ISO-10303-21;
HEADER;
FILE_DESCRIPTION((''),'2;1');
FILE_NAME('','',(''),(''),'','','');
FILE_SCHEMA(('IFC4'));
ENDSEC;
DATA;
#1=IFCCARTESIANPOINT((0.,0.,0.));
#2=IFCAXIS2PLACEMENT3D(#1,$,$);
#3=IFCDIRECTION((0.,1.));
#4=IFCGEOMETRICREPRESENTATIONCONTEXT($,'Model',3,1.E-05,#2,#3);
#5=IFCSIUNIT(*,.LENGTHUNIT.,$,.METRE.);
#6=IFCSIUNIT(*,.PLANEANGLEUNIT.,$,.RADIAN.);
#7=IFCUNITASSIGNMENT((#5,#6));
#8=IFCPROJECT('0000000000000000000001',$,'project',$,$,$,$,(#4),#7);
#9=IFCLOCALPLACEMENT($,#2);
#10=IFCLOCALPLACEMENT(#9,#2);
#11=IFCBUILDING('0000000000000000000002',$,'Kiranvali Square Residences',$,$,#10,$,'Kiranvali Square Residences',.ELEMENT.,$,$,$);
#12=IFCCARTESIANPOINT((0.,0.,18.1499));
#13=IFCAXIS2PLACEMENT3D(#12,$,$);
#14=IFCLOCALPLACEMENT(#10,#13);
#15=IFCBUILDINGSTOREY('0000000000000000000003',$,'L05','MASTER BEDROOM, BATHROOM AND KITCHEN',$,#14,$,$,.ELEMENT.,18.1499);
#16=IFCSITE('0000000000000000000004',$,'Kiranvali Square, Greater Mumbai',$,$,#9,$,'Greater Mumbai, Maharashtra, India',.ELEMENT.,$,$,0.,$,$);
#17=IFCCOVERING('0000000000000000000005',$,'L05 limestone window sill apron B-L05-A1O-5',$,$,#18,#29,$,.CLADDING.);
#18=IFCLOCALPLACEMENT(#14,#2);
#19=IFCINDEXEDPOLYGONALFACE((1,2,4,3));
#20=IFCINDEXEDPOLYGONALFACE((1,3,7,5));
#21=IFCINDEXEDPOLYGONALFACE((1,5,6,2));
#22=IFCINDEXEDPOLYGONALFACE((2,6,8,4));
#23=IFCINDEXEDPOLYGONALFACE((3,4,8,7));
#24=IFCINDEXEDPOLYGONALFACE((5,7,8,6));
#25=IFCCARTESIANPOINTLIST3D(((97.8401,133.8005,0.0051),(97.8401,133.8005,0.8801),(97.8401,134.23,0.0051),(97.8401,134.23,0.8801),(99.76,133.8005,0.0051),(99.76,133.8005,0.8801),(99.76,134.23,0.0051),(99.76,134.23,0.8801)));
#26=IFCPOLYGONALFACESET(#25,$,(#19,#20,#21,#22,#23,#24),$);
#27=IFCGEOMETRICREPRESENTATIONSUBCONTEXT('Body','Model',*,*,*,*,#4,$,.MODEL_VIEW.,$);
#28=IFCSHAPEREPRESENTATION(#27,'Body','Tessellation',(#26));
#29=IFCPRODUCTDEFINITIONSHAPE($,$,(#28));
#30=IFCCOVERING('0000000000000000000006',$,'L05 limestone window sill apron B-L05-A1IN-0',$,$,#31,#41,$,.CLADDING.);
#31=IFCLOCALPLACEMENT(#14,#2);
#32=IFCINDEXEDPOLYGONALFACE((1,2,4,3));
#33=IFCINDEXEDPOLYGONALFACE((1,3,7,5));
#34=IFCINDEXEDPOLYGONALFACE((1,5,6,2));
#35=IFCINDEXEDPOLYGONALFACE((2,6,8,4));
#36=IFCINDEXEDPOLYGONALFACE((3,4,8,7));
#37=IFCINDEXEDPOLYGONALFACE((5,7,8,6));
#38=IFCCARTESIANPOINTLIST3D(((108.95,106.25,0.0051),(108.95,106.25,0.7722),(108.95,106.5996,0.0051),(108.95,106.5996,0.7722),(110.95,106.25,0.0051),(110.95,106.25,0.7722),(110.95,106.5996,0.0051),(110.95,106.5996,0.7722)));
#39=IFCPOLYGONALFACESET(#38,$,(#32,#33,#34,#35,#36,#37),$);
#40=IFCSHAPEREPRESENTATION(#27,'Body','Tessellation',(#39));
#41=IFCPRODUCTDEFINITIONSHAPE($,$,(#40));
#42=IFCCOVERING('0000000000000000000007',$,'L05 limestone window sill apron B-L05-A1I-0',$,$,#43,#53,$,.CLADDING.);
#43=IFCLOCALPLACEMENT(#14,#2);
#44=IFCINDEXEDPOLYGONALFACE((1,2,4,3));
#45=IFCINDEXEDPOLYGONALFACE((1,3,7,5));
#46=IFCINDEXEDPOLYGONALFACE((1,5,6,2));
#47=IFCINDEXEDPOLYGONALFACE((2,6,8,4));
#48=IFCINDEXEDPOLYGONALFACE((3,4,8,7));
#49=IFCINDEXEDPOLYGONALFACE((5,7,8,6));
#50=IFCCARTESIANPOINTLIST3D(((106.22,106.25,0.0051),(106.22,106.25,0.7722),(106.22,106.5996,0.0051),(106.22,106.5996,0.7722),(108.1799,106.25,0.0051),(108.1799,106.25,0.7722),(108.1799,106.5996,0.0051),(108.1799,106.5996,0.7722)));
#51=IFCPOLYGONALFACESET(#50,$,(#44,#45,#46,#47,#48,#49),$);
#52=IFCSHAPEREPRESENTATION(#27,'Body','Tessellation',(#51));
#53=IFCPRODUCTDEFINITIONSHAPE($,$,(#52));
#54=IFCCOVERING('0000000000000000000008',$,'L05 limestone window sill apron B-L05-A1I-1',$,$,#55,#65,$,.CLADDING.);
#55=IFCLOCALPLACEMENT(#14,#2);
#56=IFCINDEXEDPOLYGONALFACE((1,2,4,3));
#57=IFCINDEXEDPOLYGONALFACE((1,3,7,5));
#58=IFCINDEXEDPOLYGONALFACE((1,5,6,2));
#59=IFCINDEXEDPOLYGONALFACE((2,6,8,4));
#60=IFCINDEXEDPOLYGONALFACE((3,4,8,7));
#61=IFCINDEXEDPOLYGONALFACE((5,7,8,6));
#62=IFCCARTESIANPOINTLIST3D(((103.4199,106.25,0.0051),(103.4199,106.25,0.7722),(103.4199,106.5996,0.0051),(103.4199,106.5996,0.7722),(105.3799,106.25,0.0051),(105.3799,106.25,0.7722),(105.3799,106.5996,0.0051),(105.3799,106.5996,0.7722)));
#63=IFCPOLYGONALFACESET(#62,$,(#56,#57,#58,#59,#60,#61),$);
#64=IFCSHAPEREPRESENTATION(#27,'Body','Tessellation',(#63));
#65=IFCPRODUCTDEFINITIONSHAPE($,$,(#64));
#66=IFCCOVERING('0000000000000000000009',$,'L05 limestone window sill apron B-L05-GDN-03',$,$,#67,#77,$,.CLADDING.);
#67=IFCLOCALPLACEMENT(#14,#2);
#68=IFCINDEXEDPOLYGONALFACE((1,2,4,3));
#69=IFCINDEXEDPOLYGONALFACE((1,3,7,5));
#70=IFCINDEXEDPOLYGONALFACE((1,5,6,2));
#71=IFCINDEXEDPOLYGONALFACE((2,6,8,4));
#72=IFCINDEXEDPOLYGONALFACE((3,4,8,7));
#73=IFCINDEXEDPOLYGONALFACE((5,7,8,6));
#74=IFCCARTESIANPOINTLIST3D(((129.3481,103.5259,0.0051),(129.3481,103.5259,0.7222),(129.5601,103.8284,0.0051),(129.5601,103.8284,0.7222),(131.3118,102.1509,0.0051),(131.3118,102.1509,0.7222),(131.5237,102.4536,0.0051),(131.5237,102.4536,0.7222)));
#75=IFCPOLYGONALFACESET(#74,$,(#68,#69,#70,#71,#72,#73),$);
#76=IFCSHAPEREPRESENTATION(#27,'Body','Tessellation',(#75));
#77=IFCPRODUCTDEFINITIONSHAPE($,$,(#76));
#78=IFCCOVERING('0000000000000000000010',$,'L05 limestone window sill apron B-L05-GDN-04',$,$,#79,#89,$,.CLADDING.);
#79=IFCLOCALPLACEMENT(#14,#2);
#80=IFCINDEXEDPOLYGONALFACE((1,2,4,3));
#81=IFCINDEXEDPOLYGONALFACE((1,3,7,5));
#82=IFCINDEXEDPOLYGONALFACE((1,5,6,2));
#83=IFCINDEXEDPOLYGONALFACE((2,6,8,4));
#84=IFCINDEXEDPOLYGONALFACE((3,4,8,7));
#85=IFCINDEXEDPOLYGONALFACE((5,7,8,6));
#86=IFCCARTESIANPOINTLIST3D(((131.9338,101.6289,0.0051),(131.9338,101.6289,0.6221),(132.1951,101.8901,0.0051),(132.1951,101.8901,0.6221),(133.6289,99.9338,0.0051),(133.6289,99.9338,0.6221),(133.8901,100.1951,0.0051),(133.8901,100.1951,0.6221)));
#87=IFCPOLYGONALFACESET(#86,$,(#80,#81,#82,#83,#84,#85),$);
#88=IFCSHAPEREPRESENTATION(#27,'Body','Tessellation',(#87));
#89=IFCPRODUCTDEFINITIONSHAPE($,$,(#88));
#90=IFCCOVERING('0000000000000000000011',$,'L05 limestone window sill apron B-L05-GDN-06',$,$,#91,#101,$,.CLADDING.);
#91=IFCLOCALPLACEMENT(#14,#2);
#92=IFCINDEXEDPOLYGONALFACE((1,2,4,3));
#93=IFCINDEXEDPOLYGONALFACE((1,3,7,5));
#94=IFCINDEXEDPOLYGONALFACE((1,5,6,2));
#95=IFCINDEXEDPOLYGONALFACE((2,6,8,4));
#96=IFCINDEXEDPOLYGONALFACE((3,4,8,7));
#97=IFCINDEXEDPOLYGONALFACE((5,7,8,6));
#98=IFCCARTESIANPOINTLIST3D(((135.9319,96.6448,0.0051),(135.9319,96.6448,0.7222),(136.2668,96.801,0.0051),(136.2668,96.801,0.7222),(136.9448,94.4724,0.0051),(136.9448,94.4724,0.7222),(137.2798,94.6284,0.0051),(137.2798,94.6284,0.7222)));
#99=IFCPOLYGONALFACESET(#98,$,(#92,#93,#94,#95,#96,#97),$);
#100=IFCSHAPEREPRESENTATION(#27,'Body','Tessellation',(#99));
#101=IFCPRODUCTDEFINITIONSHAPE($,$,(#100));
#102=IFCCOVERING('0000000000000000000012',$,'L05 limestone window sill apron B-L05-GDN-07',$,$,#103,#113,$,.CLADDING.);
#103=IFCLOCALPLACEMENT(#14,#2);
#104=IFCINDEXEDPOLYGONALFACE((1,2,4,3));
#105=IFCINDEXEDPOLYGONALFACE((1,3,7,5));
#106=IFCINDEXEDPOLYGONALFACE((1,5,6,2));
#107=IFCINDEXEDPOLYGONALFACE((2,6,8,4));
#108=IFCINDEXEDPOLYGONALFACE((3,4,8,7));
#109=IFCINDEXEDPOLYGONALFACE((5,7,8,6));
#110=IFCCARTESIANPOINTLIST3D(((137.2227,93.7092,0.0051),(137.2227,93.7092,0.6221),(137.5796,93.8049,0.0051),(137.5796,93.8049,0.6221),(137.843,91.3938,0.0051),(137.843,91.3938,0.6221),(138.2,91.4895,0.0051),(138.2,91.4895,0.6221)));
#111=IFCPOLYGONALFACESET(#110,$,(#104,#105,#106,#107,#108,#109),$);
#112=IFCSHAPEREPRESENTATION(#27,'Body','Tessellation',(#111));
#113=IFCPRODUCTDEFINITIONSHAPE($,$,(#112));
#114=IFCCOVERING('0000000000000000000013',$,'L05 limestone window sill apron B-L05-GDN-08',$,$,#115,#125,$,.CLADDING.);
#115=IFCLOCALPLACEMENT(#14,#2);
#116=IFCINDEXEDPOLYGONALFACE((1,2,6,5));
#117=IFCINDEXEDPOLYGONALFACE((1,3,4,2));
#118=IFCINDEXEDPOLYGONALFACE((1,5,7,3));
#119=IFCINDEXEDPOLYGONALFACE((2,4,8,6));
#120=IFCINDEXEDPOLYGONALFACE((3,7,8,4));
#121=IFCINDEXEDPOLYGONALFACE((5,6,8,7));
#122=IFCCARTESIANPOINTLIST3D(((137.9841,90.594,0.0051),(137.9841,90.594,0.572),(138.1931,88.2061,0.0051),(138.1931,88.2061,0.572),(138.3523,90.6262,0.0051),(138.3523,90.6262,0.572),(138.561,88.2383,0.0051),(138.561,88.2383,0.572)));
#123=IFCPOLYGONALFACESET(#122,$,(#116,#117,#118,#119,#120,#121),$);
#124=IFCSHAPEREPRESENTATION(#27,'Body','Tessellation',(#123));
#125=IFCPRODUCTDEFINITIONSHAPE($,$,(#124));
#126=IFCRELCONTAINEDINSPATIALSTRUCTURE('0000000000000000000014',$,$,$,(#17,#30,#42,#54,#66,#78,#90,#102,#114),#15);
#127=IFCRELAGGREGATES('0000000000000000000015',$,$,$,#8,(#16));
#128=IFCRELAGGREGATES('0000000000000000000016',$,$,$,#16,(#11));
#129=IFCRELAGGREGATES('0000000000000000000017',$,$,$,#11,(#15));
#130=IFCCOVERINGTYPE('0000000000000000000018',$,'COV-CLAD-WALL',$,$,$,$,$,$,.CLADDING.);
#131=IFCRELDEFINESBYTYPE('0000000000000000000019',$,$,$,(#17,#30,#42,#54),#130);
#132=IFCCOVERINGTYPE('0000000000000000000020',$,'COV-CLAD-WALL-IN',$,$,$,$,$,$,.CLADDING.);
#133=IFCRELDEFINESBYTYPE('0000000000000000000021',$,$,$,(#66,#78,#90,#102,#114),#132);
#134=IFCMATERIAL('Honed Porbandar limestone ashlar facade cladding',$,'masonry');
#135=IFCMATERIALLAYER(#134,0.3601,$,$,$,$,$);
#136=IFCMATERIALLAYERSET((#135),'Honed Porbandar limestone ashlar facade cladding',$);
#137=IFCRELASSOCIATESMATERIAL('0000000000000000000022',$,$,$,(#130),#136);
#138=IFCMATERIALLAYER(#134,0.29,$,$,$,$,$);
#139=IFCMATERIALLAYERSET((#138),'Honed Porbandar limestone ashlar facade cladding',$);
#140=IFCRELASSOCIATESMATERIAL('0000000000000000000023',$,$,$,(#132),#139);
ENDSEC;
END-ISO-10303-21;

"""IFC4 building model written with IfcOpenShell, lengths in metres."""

from ifc_helpers import new_model, si_unit, direction, frame, origin, place, context, subcontext, project, spatial, polyline, outline, extrude, material, layer, layer_set, type_object, element, save


model = new_model("IFC4")

# Units and contexts
model_context = context("Model", 3, precision=1e-05, world=origin(), true_north=direction((0.0, 1.0)))
body_context = subcontext(model_context, "Body", "Model", "MODEL_VIEW")
ifc_project = project(units=[si_unit("LENGTHUNIT", "METRE"), si_unit("PLANEANGLEUNIT", "RADIAN")], contexts=[model_context])

# Site, building, storey
site_placement = place(None, origin())
site = spatial("IfcSite", under=ifc_project, at=site_placement, Name="Kiranvali Square, Greater Mumbai", LongName="Greater Mumbai, Maharashtra, India", CompositionType="ELEMENT", RefElevation=0.0)
building_placement = place(site_placement, origin())
building = spatial("IfcBuilding", under=site, at=building_placement, Name="Kiranvali Square Residences", LongName="Kiranvali Square Residences", CompositionType="ELEMENT")
storey_placement = place(building_placement, frame((0.0, 0.0, 18.1499)))
storey = spatial("IfcBuildingStorey", under=building, at=storey_placement, Name="L05", Description="MASTER BEDROOM, BATHROOM AND KITCHEN", CompositionType="ELEMENT", Elevation=18.1499)

# Coverings
ifc_material = material(Name="Honed Porbandar limestone ashlar facade cladding", Category="masonry")
ifc_layer_1 = layer(ifc_material, 0.3601)
ifc_layer_set_1 = layer_set([ifc_layer_1], Name="Honed Porbandar limestone ashlar facade cladding")
covering_type_1 = type_object("IfcCoveringType", Name="COV-CLAD-WALL", PredefinedType="CLADDING", material=ifc_layer_set_1)
covering_1_placement = place(storey_placement, frame((0.0, 0.0, 0.0051)))
element("IfcCovering", 1, at=covering_1_placement, inside=storey, type_object=covering_type_1, Name="L05 limestone window sill apron B-L05-A1O-5", PredefinedType="CLADDING", context=body_context, shape_type="SweptSolid", body=[
    extrude(outline(polyline([(99.76, 134.23), (97.8401, 134.23), (97.8401, 133.8005), (99.76, 133.8005), (99.76, 134.23)])), origin(), (0.0, 0.0, 1.0), 0.875),
])
covering_2_placement = place(storey_placement, frame((0.0, 0.0, 0.0051)))
element("IfcCovering", 2, at=covering_2_placement, inside=storey, type_object=covering_type_1, Name="L05 limestone window sill apron B-L05-A1IN-0", PredefinedType="CLADDING", context=body_context, shape_type="SweptSolid", body=[
    extrude(outline(polyline([(110.95, 106.5996), (108.95, 106.5996), (108.95, 106.25), (110.95, 106.25), (110.95, 106.5996)])), origin(), (0.0, 0.0, 1.0), 0.7671),
])
covering_3_placement = place(storey_placement, frame((0.0, 0.0, 0.0051)))
element("IfcCovering", 3, at=covering_3_placement, inside=storey, type_object=covering_type_1, Name="L05 limestone window sill apron B-L05-A1I-0", PredefinedType="CLADDING", context=body_context, shape_type="SweptSolid", body=[
    extrude(outline(polyline([(108.1799, 106.5996), (106.22, 106.5996), (106.22, 106.25), (108.1799, 106.25), (108.1799, 106.5996)])), origin(), (0.0, 0.0, 1.0), 0.7671),
])
covering_4_placement = place(storey_placement, frame((0.0, 0.0, 0.0051)))
element("IfcCovering", 4, at=covering_4_placement, inside=storey, type_object=covering_type_1, Name="L05 limestone window sill apron B-L05-A1I-1", PredefinedType="CLADDING", context=body_context, shape_type="SweptSolid", body=[
    extrude(outline(polyline([(105.3799, 106.5996), (103.4199, 106.5996), (103.4199, 106.25), (105.3799, 106.25), (105.3799, 106.5996)])), origin(), (0.0, 0.0, 1.0), 0.7671),
])
ifc_layer_2 = layer(ifc_material, 0.29)
ifc_layer_set_2 = layer_set([ifc_layer_2], Name="Honed Porbandar limestone ashlar facade cladding")
covering_type_2 = type_object("IfcCoveringType", Name="COV-CLAD-WALL-IN", PredefinedType="CLADDING", material=ifc_layer_set_2)
covering_5_placement = place(storey_placement, frame((0.0, 0.0, 0.0051)))
element("IfcCovering", 5, at=covering_5_placement, inside=storey, type_object=covering_type_2, Name="L05 limestone window sill apron B-L05-GDN-03", PredefinedType="CLADDING", context=body_context, shape_type="SweptSolid", body=[
    extrude(outline(polyline([(129.3481, 103.5259), (131.3118, 102.1509), (131.5237, 102.4536), (129.5601, 103.8284), (129.3481, 103.5259)])), origin(), (0.0, 0.0, 1.0), 0.717),
])
covering_6_placement = place(storey_placement, frame((0.0, 0.0, 0.0051)))
element("IfcCovering", 6, at=covering_6_placement, inside=storey, type_object=covering_type_2, Name="L05 limestone window sill apron B-L05-GDN-04", PredefinedType="CLADDING", context=body_context, shape_type="SweptSolid", body=[
    extrude(outline(polyline([(131.9338, 101.6289), (133.6289, 99.9338), (133.8901, 100.1951), (132.1951, 101.8901), (131.9338, 101.6289)])), origin(), (0.0, 0.0, 1.0), 0.6169),
])
covering_7_placement = place(storey_placement, frame((0.0, 0.0, 0.0051)))
element("IfcCovering", 7, at=covering_7_placement, inside=storey, type_object=covering_type_2, Name="L05 limestone window sill apron B-L05-GDN-06", PredefinedType="CLADDING", context=body_context, shape_type="SweptSolid", body=[
    extrude(outline(polyline([(135.9319, 96.6448), (136.9448, 94.4724), (137.2798, 94.6284), (136.2668, 96.801), (135.9319, 96.6448)])), origin(), (0.0, 0.0, 1.0), 0.717),
])
covering_8_placement = place(storey_placement, frame((0.0, 0.0, 0.0051)))
element("IfcCovering", 8, at=covering_8_placement, inside=storey, type_object=covering_type_2, Name="L05 limestone window sill apron B-L05-GDN-07", PredefinedType="CLADDING", context=body_context, shape_type="SweptSolid", body=[
    extrude(outline(polyline([(137.2227, 93.7092), (137.843, 91.3938), (138.2, 91.4895), (137.5796, 93.8049), (137.2227, 93.7092)])), origin(), (0.0, 0.0, 1.0), 0.6169),
])
covering_9_placement = place(storey_placement, frame((0.0, 0.0, 0.0051)))
element("IfcCovering", 9, at=covering_9_placement, inside=storey, type_object=covering_type_2, Name="L05 limestone window sill apron B-L05-GDN-08", PredefinedType="CLADDING", context=body_context, shape_type="SweptSolid", body=[
    extrude(outline(polyline([(137.9841, 90.594), (138.1931, 88.2061), (138.561, 88.2383), (138.3523, 90.6262), (137.9841, 90.594)])), origin(), (0.0, 0.0, 1.0), 0.5669),
])

save(model, "model.ifc")
